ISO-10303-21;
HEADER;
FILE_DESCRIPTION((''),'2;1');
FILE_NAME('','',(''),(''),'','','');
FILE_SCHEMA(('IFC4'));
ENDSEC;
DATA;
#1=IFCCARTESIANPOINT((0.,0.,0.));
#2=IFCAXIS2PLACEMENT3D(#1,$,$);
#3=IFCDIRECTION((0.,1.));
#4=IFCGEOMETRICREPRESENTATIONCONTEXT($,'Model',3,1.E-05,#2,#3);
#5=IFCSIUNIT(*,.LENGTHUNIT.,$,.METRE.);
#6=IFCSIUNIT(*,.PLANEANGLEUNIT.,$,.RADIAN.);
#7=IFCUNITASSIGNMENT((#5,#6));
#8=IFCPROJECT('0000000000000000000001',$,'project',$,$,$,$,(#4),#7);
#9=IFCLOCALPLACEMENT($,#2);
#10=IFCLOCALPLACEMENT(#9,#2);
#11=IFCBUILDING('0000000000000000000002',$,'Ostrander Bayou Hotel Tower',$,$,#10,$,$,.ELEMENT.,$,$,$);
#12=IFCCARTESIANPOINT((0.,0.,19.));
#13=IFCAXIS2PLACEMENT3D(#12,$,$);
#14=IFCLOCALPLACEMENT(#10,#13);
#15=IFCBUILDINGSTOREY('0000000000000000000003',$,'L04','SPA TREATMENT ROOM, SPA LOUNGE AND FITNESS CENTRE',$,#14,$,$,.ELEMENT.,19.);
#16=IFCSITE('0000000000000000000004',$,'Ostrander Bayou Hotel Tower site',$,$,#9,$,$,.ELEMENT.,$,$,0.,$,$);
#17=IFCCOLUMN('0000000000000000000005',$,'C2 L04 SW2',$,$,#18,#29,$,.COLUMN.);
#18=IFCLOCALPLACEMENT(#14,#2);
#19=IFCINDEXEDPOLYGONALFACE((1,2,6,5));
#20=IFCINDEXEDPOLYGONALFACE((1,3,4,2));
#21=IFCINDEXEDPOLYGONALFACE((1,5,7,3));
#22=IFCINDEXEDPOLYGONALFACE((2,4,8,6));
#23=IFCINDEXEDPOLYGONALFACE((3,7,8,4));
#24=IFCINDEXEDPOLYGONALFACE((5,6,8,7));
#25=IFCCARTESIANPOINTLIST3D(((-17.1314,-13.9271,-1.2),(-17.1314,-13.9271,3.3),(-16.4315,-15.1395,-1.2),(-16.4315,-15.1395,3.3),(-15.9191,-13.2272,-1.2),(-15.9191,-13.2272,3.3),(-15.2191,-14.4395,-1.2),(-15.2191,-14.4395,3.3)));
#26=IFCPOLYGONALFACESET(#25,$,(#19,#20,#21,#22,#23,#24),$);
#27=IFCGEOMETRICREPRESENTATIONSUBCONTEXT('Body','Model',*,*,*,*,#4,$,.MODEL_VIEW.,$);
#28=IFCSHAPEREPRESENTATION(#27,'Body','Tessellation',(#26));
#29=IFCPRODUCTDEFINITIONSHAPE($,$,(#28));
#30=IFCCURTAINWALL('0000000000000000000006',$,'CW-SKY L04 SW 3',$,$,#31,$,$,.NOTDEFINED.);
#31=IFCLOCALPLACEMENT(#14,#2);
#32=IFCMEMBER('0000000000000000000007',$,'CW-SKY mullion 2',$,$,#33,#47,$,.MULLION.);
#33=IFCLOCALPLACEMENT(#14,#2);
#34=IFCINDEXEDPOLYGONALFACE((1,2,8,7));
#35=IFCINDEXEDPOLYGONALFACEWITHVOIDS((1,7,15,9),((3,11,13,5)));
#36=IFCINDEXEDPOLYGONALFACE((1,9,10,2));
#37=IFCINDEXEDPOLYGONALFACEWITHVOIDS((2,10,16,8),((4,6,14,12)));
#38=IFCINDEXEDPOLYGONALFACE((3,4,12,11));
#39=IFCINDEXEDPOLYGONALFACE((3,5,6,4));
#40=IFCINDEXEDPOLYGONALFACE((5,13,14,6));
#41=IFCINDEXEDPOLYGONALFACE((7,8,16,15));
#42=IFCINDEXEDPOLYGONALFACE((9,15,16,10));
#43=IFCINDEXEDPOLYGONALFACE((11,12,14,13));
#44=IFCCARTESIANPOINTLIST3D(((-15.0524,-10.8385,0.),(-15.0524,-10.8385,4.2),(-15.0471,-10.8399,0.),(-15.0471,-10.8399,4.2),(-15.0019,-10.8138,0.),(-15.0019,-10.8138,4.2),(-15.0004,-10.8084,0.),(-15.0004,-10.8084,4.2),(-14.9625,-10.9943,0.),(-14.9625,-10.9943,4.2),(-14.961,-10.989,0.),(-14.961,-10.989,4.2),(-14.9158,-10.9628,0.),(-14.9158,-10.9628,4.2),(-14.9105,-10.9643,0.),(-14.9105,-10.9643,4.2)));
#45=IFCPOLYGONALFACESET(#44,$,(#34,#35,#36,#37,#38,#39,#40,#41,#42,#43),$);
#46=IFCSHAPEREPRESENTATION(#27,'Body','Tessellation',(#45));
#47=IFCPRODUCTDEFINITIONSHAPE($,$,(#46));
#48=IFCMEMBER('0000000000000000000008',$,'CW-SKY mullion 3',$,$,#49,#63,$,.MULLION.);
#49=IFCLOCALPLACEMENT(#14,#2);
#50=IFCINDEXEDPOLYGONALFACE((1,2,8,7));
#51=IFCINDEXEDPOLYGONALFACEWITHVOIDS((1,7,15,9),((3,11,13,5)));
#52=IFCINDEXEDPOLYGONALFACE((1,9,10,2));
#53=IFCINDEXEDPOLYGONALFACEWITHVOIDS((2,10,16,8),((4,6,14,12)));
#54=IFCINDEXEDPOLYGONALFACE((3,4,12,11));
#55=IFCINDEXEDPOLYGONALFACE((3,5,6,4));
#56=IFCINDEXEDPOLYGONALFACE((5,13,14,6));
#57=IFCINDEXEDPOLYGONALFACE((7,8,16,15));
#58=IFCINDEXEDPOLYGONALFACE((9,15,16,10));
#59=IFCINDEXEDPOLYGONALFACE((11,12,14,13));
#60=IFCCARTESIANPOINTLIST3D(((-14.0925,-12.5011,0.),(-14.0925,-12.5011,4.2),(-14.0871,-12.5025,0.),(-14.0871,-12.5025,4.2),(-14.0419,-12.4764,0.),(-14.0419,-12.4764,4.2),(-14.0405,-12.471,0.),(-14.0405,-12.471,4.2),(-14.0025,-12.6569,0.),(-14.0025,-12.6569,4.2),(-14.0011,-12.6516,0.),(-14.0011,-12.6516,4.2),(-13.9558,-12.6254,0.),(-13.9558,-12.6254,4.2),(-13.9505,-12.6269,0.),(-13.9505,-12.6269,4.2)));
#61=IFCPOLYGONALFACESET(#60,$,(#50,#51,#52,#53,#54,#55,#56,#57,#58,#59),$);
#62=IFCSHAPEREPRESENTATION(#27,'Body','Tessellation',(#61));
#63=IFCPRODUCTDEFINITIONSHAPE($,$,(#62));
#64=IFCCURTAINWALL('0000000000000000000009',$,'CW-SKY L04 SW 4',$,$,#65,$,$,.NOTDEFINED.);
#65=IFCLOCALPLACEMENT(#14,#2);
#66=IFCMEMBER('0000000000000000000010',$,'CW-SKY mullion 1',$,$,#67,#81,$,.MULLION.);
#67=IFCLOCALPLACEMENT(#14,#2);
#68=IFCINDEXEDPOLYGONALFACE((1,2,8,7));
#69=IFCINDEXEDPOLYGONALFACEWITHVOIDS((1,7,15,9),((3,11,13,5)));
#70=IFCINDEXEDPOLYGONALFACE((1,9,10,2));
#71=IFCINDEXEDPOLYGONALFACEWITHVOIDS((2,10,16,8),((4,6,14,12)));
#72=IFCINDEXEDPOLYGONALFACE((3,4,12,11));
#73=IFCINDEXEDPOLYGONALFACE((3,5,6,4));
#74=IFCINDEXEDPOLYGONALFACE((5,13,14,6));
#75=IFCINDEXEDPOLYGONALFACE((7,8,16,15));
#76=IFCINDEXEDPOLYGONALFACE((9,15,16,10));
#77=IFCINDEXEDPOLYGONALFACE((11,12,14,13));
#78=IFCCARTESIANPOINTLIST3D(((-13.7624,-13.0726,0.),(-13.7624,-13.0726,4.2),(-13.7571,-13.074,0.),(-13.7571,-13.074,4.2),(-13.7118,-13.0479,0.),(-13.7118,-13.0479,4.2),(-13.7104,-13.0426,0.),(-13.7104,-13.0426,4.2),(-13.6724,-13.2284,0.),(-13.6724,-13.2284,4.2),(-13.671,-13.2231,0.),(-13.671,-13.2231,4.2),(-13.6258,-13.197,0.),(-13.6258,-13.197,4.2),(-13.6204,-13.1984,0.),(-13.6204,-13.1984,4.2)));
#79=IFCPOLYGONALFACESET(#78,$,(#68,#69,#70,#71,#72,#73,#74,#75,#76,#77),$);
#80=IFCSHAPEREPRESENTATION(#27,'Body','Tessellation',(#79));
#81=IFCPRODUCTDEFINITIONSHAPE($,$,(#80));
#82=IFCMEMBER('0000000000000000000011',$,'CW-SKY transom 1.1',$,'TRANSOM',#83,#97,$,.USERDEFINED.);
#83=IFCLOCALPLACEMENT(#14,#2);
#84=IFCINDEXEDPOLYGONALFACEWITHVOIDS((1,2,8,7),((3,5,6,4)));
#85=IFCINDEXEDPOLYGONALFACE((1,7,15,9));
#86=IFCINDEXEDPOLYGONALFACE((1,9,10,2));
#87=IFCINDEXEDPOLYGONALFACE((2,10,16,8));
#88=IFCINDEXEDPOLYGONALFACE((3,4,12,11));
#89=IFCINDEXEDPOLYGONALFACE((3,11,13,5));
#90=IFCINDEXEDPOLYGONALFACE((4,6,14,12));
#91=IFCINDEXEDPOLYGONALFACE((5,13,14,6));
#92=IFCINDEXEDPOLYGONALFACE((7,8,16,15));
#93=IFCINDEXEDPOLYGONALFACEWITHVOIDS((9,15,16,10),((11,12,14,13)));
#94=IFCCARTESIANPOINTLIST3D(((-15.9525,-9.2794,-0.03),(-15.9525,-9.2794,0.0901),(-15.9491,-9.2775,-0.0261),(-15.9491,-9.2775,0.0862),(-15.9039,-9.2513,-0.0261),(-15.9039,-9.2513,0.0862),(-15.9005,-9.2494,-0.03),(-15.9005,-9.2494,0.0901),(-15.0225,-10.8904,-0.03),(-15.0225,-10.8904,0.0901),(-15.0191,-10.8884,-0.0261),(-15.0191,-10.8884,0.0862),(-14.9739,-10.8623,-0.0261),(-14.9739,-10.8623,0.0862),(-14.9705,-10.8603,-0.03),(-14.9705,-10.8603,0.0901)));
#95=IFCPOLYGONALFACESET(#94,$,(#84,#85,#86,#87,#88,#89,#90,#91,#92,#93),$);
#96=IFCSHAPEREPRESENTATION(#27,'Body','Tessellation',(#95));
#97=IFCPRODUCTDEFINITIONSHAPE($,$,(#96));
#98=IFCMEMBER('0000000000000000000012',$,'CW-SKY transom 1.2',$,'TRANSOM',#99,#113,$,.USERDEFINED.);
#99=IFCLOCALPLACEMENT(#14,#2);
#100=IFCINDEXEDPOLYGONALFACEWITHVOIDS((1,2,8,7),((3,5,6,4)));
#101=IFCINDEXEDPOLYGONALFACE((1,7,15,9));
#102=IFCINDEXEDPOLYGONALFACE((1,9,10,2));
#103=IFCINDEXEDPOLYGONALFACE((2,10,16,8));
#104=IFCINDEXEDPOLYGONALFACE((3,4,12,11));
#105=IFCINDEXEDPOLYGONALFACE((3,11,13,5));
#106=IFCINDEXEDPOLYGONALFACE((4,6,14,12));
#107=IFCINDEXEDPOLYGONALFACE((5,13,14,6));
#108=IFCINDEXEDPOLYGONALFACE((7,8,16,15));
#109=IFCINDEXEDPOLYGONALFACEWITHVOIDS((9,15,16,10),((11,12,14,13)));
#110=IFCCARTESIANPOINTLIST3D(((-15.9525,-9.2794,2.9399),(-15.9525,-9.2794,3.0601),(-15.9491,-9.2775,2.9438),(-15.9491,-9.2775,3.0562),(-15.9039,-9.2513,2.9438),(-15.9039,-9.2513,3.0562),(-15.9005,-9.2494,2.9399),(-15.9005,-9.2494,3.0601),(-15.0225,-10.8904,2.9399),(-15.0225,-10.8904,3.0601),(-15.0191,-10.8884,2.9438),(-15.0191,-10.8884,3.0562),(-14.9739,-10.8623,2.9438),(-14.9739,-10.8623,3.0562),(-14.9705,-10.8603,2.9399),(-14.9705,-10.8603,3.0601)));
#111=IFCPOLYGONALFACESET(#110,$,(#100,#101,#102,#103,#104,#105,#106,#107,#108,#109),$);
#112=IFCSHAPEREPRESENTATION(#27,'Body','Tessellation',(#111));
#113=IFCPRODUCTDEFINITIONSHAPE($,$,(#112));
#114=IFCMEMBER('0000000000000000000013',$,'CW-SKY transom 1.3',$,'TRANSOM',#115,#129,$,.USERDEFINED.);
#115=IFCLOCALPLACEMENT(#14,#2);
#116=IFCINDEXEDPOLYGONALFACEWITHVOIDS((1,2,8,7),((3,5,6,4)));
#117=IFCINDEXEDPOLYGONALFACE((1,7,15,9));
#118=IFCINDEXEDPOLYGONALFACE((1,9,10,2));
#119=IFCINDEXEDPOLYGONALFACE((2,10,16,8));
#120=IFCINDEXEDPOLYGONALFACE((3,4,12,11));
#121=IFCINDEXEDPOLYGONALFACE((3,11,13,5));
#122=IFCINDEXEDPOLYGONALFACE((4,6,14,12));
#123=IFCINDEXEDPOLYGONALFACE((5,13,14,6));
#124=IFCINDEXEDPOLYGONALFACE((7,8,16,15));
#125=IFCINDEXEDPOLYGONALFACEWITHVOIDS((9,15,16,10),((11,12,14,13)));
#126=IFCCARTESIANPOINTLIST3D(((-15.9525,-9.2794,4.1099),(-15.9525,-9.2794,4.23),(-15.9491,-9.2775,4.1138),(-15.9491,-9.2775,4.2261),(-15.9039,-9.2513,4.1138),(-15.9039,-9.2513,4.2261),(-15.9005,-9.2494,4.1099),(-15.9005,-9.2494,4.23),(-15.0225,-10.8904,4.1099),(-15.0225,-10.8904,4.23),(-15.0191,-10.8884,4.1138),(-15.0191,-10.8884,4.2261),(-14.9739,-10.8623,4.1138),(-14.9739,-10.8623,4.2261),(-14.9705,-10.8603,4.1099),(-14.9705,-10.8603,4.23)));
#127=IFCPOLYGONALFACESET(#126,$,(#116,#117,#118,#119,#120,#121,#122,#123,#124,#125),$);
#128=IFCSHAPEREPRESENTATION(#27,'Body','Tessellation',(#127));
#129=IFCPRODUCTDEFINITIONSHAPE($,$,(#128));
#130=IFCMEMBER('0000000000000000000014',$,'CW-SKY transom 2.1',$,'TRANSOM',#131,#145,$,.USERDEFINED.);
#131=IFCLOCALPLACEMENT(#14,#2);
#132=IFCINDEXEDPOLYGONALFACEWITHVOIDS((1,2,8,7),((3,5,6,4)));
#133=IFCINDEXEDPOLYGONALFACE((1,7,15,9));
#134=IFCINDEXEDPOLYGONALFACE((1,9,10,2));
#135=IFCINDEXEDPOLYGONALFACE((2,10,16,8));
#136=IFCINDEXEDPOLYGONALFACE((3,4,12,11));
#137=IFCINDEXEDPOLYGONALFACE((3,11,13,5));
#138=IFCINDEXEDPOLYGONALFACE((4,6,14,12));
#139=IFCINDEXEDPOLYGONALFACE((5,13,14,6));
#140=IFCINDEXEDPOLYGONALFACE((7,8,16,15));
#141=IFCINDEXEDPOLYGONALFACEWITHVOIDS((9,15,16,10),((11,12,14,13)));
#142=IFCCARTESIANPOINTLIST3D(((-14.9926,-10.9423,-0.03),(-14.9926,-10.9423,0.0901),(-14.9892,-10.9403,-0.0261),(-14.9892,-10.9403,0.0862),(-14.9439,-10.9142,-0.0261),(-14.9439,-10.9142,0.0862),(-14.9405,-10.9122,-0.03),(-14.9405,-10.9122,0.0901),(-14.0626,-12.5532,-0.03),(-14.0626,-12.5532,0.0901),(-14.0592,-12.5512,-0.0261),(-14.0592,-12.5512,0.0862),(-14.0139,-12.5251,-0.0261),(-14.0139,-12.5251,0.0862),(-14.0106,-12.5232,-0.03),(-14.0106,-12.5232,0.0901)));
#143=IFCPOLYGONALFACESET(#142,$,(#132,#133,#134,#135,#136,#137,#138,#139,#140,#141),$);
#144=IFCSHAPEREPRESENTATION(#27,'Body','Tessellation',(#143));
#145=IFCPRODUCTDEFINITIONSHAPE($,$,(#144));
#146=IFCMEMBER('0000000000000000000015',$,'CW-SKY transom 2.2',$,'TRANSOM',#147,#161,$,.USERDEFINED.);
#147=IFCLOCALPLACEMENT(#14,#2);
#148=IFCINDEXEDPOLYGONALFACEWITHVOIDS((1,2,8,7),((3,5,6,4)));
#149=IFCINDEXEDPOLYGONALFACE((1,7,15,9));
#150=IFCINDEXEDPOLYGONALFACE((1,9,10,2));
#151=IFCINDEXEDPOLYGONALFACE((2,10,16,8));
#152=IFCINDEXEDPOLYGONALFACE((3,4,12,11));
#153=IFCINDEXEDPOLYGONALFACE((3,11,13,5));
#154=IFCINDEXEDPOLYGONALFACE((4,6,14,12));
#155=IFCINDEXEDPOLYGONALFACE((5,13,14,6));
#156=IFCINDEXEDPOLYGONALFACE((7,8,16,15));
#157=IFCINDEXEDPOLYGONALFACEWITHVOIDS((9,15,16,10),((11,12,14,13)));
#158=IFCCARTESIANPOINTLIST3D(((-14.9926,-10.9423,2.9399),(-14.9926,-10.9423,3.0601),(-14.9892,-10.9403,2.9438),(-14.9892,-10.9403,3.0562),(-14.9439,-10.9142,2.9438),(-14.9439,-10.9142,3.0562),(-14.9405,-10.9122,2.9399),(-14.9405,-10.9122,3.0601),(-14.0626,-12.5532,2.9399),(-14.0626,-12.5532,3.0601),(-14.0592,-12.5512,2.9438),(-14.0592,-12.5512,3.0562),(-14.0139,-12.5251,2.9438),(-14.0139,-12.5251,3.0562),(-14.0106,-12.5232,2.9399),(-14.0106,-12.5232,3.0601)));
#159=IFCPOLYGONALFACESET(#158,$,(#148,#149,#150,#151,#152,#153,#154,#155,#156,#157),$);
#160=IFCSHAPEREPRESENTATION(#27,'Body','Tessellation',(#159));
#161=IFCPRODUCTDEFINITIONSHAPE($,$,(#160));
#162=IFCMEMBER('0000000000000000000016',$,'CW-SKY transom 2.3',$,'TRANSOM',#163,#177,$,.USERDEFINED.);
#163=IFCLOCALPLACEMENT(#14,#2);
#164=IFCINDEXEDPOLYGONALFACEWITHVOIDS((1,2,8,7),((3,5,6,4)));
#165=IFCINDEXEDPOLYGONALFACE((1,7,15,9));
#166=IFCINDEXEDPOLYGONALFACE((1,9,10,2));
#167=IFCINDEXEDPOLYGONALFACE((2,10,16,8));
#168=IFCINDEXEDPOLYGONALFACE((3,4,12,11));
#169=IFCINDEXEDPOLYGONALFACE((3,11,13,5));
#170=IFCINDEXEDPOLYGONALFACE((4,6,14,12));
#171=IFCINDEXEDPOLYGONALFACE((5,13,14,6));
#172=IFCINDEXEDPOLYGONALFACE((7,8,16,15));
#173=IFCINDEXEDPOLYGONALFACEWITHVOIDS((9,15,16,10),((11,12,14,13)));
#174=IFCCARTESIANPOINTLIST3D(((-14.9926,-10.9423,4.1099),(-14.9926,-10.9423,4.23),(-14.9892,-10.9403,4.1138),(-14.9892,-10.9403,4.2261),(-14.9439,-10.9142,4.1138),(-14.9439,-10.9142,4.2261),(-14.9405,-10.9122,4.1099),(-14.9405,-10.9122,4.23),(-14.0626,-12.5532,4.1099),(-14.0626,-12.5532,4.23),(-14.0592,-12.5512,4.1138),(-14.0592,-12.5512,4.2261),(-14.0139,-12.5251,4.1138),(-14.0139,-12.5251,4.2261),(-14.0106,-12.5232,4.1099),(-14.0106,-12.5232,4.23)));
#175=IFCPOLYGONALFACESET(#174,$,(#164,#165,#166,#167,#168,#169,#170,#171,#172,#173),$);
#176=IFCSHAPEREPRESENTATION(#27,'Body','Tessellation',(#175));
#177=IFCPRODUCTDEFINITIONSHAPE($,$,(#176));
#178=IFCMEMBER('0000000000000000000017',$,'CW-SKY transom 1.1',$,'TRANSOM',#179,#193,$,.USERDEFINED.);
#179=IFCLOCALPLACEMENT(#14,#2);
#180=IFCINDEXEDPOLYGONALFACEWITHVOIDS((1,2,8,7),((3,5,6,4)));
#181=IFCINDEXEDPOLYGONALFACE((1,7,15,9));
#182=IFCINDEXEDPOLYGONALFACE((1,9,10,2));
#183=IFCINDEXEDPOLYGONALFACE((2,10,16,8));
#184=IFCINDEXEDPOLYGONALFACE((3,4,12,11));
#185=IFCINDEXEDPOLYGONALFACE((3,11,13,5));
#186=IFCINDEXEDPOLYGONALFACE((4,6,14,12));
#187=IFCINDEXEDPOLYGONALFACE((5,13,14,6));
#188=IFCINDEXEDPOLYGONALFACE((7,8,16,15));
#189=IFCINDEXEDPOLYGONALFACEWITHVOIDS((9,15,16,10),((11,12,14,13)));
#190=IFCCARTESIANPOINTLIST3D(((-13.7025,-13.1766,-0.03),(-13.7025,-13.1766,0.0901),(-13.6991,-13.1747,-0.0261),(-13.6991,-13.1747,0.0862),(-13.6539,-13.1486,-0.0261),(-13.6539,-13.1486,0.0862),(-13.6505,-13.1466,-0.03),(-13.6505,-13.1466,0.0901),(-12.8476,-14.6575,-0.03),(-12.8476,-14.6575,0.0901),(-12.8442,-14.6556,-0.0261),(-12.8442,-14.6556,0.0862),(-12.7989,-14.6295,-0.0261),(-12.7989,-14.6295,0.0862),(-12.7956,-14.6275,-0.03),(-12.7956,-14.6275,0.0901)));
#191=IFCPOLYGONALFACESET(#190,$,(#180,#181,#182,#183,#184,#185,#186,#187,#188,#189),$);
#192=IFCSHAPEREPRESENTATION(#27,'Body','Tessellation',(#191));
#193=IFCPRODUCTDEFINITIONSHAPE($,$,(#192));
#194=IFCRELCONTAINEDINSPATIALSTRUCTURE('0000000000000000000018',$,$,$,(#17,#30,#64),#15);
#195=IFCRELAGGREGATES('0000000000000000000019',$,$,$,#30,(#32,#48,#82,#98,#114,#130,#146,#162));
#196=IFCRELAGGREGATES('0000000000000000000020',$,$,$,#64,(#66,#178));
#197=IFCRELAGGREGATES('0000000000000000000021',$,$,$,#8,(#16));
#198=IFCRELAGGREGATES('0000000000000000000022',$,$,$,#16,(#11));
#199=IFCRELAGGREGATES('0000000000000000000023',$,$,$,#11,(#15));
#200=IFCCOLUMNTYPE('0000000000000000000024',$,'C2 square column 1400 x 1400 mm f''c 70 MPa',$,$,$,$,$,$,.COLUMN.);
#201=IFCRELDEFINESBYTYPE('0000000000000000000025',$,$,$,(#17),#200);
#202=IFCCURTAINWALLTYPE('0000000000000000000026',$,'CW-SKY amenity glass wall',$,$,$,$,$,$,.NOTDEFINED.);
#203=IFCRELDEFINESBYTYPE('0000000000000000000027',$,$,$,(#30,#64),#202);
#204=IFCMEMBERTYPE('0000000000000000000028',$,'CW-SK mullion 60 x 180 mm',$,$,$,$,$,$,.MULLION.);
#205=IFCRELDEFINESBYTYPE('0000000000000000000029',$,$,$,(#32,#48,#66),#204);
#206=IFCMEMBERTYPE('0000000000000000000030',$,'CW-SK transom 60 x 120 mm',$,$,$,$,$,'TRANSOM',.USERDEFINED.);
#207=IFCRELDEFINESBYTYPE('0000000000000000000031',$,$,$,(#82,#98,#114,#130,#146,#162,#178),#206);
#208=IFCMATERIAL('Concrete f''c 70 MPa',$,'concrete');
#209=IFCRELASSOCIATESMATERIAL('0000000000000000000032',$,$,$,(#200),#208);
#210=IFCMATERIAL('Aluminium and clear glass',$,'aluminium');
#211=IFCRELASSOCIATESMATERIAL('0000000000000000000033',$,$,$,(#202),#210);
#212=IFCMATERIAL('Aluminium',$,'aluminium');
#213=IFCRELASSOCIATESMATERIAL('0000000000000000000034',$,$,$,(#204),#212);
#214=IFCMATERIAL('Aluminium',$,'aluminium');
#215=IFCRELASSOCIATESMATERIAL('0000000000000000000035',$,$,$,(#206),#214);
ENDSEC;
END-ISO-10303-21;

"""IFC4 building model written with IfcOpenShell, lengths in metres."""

from ifc_helpers import new_model, si_unit, direction, frame, origin, origin_2d, place, context, subcontext, project, spatial, rectangle, hollow_rectangle, extrude, material, material_profile, profile_set, type_object, element, aggregate, save


model = new_model("IFC4")

# Units and contexts
model_context = context("Model", 3, precision=1e-05, world=origin(), true_north=direction((0.0, 1.0)))
body_context = subcontext(model_context, "Body", "Model", "MODEL_VIEW")
ifc_project = project(units=[si_unit("LENGTHUNIT", "METRE"), si_unit("PLANEANGLEUNIT", "RADIAN")], contexts=[model_context])

# Site, building, storey
site_placement = place(None, origin())
site = spatial("IfcSite", under=ifc_project, at=site_placement, Name="Ostrander Bayou Hotel Tower site", CompositionType="ELEMENT", RefElevation=0.0)
building_placement = place(site_placement, origin())
building = spatial("IfcBuilding", under=site, at=building_placement, Name="Ostrander Bayou Hotel Tower", CompositionType="ELEMENT")
storey_placement = place(building_placement, frame((0.0, 0.0, 19.0)))
storey = spatial("IfcBuildingStorey", under=building, at=storey_placement, Name="L04", Description="SPA TREATMENT ROOM, SPA LOUNGE AND FITNESS CENTRE", CompositionType="ELEMENT", Elevation=19.0)

# Column
ifc_material_1 = material(Name="Concrete f'c 70 MPa", Category="concrete")
ifc_material_profile_1 = material_profile(ifc_material_1, rectangle(XDim=1.3999, YDim=1.3999, at=origin_2d()))
ifc_profile_set_1 = profile_set([ifc_material_profile_1], Name="Concrete f'c 70 MPa")
column_type = type_object("IfcColumnType", Name="C2 square column 1400 x 1400 mm f'c 70 MPa", PredefinedType="COLUMN", material=ifc_profile_set_1)
column_placement = place(storey_placement, frame((-16.1753, -14.1833, -1.2), z_axis=(0.0, 0.0, 1.0), x_axis=(-0.5, 0.866025, 0.0)))
element("IfcColumn", 1, at=column_placement, inside=storey, type_object=column_type, Name="C2 L04 SW2", PredefinedType="COLUMN", context=body_context, shape_type="SweptSolid", body=[
    extrude(rectangle(XDim=1.3999, YDim=1.3999, at=origin_2d()), origin(), (0.0, 0.0, 1.0), 4.5),
])

# Curtain wall, members
ifc_material_2 = material(Name="Aluminium and clear glass", Category="aluminium")
curtain_wall_type = type_object("IfcCurtainWallType", Name="CW-SKY amenity glass wall", PredefinedType="NOTDEFINED", material=ifc_material_2)
curtain_wall_1_placement = place(storey_placement, origin())
curtain_wall_1 = element("IfcCurtainWall", 2, at=curtain_wall_1_placement, inside=storey, type_object=curtain_wall_type, Name="CW-SKY L04 SW 3", PredefinedType="NOTDEFINED")
ifc_material_3 = material(Name="Aluminium", Category="aluminium")
ifc_material_profile_2 = material_profile(ifc_material_3, hollow_rectangle(XDim=0.0601, YDim=0.1799, WallThickness=0.0039, at=origin_2d()))
ifc_profile_set_2 = profile_set([ifc_material_profile_2], Name="Aluminium")
member_type_1 = type_object("IfcMemberType", Name="CW-SK mullion 60 x 180 mm", PredefinedType="MULLION", material=ifc_profile_set_2)
member_1_placement = place(storey_placement, frame((-14.9814, -10.9014, 0.0), z_axis=(0.0, 0.0, 1.0), x_axis=(0.866025, 0.5, 0.0)))
member_1 = element("IfcMember", 3, at=member_1_placement, type_object=member_type_1, Name="CW-SKY mullion 2", PredefinedType="MULLION", context=body_context, shape_type="SweptSolid", body=[
    extrude(hollow_rectangle(XDim=0.0601, YDim=0.1799, WallThickness=0.0039, at=origin_2d()), origin(), (0.0, 0.0, 1.0), 4.2),
])
member_2_placement = place(storey_placement, frame((-14.0215, -12.564, 0.0), z_axis=(0.0, 0.0, 1.0), x_axis=(0.866025, 0.5, 0.0)))
member_2 = element("IfcMember", 4, at=member_2_placement, type_object=member_type_1, Name="CW-SKY mullion 3", PredefinedType="MULLION", context=body_context, shape_type="SweptSolid", body=[
    extrude(hollow_rectangle(XDim=0.0601, YDim=0.1799, WallThickness=0.0039, at=origin_2d()), origin(), (0.0, 0.0, 1.0), 4.2),
])

# Curtain wall, member
curtain_wall_2_placement = place(storey_placement, origin())
curtain_wall_2 = element("IfcCurtainWall", 5, at=curtain_wall_2_placement, inside=storey, type_object=curtain_wall_type, Name="CW-SKY L04 SW 4", PredefinedType="NOTDEFINED")
member_3_placement = place(storey_placement, frame((-13.6914, -13.1355, 0.0), z_axis=(0.0, 0.0, 1.0), x_axis=(0.866026, 0.499999, 0.0)))
member_3 = element("IfcMember", 6, at=member_3_placement, type_object=member_type_1, Name="CW-SKY mullion 1", PredefinedType="MULLION", context=body_context, shape_type="SweptSolid", body=[
    extrude(hollow_rectangle(XDim=0.0601, YDim=0.1799, WallThickness=0.0039, at=origin_2d()), origin(), (0.0, 0.0, 1.0), 4.2),
])

# Members
ifc_material_4 = material(Name="Aluminium", Category="aluminium")
ifc_material_profile_3 = material_profile(ifc_material_4, hollow_rectangle(XDim=0.0601, YDim=0.1201, WallThickness=0.0039, at=origin_2d()))
ifc_profile_set_3 = profile_set([ifc_material_profile_3], Name="Aluminium")
member_type_2 = type_object("IfcMemberType", Name="CW-SK transom 60 x 120 mm", ElementType="TRANSOM", PredefinedType="USERDEFINED", material=ifc_profile_set_3)
member_4_placement = place(storey_placement, frame((-15.9265, -9.2644, 0.03), z_axis=(0.499965, -0.866046, 0.0), x_axis=(0.866046, 0.499965, 0.0)))
member_4 = element("IfcMember", 7, at=member_4_placement, type_object=member_type_2, Name="CW-SKY transom 1.1", ObjectType="TRANSOM", PredefinedType="USERDEFINED", context=body_context, shape_type="SweptSolid", body=[
    extrude(hollow_rectangle(XDim=0.0601, YDim=0.1201, WallThickness=0.0039, at=origin_2d()), origin(), (0.0, 0.0, 1.0), 1.8601),
])
member_5_placement = place(storey_placement, frame((-15.9265, -9.2644, 3.0), z_axis=(0.499965, -0.866046, 0.0), x_axis=(0.866046, 0.499965, 0.0)))
member_5 = element("IfcMember", 8, at=member_5_placement, type_object=member_type_2, Name="CW-SKY transom 1.2", ObjectType="TRANSOM", PredefinedType="USERDEFINED", context=body_context, shape_type="SweptSolid", body=[
    extrude(hollow_rectangle(XDim=0.0601, YDim=0.1201, WallThickness=0.0039, at=origin_2d()), origin(), (0.0, 0.0, 1.0), 1.8601),
])
member_6_placement = place(storey_placement, frame((-15.9265, -9.2644, 4.1699), z_axis=(0.499965, -0.866046, 0.0), x_axis=(0.866046, 0.499965, 0.0)))
member_6 = element("IfcMember", 9, at=member_6_placement, type_object=member_type_2, Name="CW-SKY transom 1.3", ObjectType="TRANSOM", PredefinedType="USERDEFINED", context=body_context, shape_type="SweptSolid", body=[
    extrude(hollow_rectangle(XDim=0.0601, YDim=0.1201, WallThickness=0.0039, at=origin_2d()), origin(), (0.0, 0.0, 1.0), 1.8601),
])
member_7_placement = place(storey_placement, frame((-14.9666, -10.9272, 0.03), z_axis=(0.499965, -0.866046, 0.0), x_axis=(0.866046, 0.499965, 0.0)))
member_7 = element("IfcMember", 10, at=member_7_placement, type_object=member_type_2, Name="CW-SKY transom 2.1", ObjectType="TRANSOM", PredefinedType="USERDEFINED", context=body_context, shape_type="SweptSolid", body=[
    extrude(hollow_rectangle(XDim=0.0601, YDim=0.1201, WallThickness=0.0039, at=origin_2d()), origin(), (0.0, 0.0, 1.0), 1.8601),
])
member_8_placement = place(storey_placement, frame((-14.9666, -10.9272, 3.0), z_axis=(0.499965, -0.866046, 0.0), x_axis=(0.866046, 0.499965, 0.0)))
member_8 = element("IfcMember", 11, at=member_8_placement, type_object=member_type_2, Name="CW-SKY transom 2.2", ObjectType="TRANSOM", PredefinedType="USERDEFINED", context=body_context, shape_type="SweptSolid", body=[
    extrude(hollow_rectangle(XDim=0.0601, YDim=0.1201, WallThickness=0.0039, at=origin_2d()), origin(), (0.0, 0.0, 1.0), 1.8601),
])
member_9_placement = place(storey_placement, frame((-14.9666, -10.9272, 4.1699), z_axis=(0.499965, -0.866046, 0.0), x_axis=(0.866046, 0.499965, 0.0)))
member_9 = element("IfcMember", 12, at=member_9_placement, type_object=member_type_2, Name="CW-SKY transom 2.3", ObjectType="TRANSOM", PredefinedType="USERDEFINED", context=body_context, shape_type="SweptSolid", body=[
    extrude(hollow_rectangle(XDim=0.0601, YDim=0.1201, WallThickness=0.0039, at=origin_2d()), origin(), (0.0, 0.0, 1.0), 1.8601),
])
member_10_placement = place(storey_placement, frame((-13.6765, -13.1616, 0.03), z_axis=(0.499978, -0.866038, 0.0), x_axis=(0.866038, 0.499978, 0.0)))
member_10 = element("IfcMember", 13, at=member_10_placement, type_object=member_type_2, Name="CW-SKY transom 1.1", ObjectType="TRANSOM", PredefinedType="USERDEFINED", context=body_context, shape_type="SweptSolid", body=[
    extrude(hollow_rectangle(XDim=0.0601, YDim=0.1201, WallThickness=0.0039, at=origin_2d()), origin(), (0.0, 0.0, 1.0), 1.71),
])

aggregate(curtain_wall_1, [member_1, member_2, member_4, member_5, member_6, member_7, member_8, member_9])
aggregate(curtain_wall_2, [member_3, member_10])

save(model, "model.ifc")
